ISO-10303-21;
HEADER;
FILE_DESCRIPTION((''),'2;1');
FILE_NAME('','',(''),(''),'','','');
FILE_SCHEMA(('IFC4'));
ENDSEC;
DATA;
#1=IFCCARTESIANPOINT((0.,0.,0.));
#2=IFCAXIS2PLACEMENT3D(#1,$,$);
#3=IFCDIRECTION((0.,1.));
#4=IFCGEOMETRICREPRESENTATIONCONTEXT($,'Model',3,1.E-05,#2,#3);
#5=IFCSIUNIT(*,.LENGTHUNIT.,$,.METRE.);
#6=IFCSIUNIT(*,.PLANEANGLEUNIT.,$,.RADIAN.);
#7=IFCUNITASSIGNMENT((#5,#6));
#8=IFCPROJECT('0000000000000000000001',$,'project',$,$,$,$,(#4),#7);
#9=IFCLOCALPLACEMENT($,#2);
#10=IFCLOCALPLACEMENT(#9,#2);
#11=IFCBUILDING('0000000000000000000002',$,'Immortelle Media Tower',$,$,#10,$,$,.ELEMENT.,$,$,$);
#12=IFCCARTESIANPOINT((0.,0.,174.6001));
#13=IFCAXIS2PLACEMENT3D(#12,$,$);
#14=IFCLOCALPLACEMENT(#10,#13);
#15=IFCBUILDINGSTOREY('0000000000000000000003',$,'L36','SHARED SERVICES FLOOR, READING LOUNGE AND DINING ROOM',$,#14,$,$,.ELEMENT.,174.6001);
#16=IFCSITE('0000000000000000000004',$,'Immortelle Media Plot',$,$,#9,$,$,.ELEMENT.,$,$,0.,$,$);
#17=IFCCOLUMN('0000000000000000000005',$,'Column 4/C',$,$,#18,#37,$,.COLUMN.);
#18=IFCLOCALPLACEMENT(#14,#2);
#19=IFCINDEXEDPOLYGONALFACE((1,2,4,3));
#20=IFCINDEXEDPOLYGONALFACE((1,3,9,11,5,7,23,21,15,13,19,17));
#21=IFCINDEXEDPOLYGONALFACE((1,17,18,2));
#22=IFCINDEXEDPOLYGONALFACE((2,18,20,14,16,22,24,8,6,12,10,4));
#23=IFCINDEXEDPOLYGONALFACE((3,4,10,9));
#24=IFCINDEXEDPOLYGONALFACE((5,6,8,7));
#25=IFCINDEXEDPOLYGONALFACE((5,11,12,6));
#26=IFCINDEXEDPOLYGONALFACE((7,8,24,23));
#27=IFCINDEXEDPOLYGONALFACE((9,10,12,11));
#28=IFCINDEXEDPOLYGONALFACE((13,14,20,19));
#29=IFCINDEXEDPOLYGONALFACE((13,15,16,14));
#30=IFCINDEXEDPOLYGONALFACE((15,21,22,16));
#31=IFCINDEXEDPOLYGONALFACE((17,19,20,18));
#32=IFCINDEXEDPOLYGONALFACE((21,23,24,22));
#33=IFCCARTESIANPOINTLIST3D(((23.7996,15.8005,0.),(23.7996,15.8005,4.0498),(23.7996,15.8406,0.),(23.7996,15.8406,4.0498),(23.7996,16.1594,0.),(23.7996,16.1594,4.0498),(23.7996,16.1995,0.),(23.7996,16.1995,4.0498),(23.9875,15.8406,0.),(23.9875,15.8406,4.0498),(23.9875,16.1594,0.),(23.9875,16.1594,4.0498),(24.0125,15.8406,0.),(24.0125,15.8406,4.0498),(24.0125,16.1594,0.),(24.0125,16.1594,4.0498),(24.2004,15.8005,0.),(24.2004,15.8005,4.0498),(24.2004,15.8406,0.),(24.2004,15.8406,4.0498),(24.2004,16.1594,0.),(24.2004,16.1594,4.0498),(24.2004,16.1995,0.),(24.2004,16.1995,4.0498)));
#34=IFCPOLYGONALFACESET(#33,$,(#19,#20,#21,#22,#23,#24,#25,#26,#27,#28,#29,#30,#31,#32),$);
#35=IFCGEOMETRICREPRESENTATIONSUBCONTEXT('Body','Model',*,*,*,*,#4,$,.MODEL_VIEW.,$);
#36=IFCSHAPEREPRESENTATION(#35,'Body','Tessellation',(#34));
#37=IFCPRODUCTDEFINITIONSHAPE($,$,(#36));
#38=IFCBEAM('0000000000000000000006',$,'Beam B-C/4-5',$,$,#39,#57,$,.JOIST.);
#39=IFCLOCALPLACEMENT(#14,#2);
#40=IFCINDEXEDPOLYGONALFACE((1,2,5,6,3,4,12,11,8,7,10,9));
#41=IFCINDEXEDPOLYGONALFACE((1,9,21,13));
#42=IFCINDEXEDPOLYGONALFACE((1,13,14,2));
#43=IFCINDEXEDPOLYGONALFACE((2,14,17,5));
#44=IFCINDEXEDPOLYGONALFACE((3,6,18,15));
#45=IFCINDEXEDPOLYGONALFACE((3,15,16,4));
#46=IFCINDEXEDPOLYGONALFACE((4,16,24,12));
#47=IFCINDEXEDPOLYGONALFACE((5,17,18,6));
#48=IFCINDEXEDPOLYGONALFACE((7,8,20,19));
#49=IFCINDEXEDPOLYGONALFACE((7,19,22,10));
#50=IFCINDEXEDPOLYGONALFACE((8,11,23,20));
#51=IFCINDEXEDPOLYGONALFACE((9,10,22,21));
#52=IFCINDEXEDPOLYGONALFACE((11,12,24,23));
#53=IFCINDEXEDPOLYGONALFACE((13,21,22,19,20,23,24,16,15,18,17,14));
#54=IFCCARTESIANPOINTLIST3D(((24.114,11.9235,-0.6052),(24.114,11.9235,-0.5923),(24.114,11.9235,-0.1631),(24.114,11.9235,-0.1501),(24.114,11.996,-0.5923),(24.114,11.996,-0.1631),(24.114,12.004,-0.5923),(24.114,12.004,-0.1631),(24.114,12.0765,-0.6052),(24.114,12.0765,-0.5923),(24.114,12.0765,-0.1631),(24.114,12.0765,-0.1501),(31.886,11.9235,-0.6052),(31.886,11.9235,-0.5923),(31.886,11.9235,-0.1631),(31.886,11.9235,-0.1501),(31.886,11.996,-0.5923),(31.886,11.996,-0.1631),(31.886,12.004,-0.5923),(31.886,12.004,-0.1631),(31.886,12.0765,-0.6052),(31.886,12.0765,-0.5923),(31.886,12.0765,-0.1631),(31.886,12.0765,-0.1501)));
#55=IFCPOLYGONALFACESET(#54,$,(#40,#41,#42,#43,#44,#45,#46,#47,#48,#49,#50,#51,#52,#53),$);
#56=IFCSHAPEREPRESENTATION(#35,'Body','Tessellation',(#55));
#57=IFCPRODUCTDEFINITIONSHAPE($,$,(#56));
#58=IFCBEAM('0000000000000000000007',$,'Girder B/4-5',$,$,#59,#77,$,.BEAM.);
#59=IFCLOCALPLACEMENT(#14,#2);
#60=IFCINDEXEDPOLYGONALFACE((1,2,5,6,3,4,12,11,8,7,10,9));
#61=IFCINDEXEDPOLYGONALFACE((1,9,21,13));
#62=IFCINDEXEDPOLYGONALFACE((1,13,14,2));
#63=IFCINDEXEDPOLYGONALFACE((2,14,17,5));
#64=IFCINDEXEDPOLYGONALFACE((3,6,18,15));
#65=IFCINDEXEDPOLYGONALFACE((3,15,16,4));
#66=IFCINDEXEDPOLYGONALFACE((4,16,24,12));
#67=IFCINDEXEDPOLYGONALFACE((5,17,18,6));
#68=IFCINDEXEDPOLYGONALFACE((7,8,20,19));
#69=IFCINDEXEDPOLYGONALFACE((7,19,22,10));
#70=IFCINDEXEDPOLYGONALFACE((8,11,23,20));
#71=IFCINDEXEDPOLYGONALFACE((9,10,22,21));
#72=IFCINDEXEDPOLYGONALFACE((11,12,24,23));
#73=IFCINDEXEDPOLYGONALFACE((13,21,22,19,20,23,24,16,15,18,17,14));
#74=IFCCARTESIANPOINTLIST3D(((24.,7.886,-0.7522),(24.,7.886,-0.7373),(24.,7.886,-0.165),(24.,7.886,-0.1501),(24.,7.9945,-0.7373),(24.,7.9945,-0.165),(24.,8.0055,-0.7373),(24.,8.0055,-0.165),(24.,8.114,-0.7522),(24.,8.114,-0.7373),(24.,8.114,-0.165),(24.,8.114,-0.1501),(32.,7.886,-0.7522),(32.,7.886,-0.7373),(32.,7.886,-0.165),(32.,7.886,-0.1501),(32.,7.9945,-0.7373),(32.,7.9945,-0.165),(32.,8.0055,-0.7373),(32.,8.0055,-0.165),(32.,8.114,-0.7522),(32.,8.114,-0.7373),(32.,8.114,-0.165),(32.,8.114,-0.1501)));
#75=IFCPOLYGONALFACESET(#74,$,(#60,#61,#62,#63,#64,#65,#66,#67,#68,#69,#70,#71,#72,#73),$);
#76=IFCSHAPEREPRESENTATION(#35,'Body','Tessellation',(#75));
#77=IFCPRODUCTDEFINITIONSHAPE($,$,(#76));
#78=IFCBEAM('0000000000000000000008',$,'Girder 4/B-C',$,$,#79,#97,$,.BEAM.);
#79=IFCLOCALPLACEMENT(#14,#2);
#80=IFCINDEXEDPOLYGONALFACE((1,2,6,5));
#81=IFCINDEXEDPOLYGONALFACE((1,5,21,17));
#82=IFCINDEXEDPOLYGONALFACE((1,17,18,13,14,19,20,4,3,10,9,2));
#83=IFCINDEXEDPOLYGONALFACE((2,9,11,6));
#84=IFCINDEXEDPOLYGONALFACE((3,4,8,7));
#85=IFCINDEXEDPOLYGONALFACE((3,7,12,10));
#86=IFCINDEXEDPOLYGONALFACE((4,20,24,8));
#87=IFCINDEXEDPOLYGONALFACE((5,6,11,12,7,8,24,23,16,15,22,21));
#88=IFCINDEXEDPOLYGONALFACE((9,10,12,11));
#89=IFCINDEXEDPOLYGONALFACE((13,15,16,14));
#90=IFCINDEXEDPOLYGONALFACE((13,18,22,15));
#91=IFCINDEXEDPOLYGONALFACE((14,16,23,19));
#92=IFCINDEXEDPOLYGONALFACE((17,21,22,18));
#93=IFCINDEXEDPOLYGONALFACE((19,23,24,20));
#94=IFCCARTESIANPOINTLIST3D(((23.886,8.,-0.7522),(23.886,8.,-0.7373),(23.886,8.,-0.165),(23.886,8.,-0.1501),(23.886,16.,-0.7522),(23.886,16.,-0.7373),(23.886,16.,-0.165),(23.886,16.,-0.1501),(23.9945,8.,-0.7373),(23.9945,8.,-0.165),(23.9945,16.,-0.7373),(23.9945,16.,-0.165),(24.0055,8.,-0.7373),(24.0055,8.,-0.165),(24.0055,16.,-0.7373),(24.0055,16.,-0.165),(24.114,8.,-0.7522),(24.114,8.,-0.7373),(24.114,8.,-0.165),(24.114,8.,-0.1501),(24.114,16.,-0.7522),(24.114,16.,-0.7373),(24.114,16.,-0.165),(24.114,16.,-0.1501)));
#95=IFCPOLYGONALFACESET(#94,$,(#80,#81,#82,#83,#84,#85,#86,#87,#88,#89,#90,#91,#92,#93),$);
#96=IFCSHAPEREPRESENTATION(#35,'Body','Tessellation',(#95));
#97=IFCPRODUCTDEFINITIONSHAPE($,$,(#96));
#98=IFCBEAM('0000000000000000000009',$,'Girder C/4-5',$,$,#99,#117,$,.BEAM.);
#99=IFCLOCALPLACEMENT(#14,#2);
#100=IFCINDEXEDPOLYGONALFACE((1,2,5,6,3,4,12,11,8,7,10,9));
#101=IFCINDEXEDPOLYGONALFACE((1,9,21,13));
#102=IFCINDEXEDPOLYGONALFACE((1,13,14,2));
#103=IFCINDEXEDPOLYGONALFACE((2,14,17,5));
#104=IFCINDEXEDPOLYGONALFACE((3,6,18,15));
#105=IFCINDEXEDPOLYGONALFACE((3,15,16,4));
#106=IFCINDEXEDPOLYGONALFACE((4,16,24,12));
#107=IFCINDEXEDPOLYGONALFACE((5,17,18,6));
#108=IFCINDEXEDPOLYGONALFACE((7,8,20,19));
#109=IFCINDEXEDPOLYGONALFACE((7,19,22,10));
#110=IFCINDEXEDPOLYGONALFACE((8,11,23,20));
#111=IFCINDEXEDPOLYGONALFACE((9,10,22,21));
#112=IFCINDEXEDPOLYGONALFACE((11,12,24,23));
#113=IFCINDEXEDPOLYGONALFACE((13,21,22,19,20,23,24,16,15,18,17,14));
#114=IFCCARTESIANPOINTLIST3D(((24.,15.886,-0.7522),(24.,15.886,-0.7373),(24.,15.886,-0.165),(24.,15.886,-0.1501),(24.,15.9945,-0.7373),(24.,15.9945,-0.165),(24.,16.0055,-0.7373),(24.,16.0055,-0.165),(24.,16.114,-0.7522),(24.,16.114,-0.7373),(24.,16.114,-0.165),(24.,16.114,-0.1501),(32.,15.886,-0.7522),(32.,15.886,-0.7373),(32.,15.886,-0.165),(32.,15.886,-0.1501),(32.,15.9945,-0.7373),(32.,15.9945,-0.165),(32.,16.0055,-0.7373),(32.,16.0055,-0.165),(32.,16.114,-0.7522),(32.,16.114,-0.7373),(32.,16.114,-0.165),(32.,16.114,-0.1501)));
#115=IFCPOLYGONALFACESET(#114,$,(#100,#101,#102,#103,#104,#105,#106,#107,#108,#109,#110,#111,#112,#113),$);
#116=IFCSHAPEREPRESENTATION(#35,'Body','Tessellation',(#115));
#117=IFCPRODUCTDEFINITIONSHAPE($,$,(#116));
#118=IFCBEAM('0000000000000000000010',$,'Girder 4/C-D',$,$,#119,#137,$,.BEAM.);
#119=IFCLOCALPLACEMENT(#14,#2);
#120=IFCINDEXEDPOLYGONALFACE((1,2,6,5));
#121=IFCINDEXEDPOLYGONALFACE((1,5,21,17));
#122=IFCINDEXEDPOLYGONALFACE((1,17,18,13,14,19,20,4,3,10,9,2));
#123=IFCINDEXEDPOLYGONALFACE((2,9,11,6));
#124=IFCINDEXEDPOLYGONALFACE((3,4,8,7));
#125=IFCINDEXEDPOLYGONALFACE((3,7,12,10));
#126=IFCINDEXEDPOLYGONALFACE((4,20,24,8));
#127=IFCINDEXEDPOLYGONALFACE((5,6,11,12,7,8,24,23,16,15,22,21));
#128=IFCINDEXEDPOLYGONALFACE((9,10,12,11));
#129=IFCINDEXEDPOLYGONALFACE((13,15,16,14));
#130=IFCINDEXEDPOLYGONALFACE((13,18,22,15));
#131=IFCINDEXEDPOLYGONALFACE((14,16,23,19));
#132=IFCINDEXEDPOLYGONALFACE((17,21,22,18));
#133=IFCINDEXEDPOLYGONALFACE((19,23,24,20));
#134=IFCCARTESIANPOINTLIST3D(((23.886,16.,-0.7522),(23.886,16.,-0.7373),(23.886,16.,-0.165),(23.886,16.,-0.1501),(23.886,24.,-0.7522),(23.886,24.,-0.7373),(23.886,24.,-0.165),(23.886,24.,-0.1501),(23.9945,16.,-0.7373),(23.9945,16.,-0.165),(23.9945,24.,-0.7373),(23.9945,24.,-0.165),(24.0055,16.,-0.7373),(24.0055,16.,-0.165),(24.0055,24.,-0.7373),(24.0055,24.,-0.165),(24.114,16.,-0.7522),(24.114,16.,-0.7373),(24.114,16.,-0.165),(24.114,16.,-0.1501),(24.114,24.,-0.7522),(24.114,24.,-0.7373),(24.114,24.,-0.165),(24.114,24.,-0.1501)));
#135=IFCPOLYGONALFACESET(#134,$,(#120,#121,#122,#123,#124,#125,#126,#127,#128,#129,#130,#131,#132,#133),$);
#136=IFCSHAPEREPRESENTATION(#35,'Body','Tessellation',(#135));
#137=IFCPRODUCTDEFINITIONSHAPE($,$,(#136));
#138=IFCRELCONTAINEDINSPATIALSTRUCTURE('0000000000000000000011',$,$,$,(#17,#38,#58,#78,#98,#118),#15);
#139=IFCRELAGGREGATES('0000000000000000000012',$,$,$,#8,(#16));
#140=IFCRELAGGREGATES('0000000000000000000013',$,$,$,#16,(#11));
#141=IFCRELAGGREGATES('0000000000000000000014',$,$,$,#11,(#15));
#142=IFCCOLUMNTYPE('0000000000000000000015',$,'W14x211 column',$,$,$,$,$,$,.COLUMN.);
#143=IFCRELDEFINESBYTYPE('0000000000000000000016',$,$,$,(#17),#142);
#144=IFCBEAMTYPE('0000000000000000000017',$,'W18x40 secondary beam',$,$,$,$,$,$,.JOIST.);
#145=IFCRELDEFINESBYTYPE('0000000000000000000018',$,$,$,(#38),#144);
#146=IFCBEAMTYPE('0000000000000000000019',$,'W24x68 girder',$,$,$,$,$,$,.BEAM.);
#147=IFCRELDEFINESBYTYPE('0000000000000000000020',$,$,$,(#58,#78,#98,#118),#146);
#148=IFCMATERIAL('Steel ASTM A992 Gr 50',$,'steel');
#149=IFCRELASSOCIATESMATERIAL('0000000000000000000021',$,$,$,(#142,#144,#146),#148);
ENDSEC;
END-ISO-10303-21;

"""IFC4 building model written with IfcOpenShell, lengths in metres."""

from ifc_helpers import new_model, si_unit, direction, frame, origin, origin_2d, place, context, subcontext, project, spatial, i_section, extrude, material, material_profile, profile_set, type_object, element, save


model = new_model("IFC4")

# Units and contexts
model_context = context("Model", 3, precision=1e-05, world=origin(), true_north=direction((0.0, 1.0)))
body_context = subcontext(model_context, "Body", "Model", "MODEL_VIEW")
ifc_project = project(units=[si_unit("LENGTHUNIT", "METRE"), si_unit("PLANEANGLEUNIT", "RADIAN")], contexts=[model_context])

# Site, building, storey
site_placement = place(None, origin())
site = spatial("IfcSite", under=ifc_project, at=site_placement, Name="Immortelle Media Plot", CompositionType="ELEMENT", RefElevation=0.0)
building_placement = place(site_placement, origin())
building = spatial("IfcBuilding", under=site, at=building_placement, Name="Immortelle Media Tower", CompositionType="ELEMENT")
storey_placement = place(building_placement, frame((0.0, 0.0, 174.6001)))
storey = spatial("IfcBuildingStorey", under=building, at=storey_placement, Name="L36", Description="SHARED SERVICES FLOOR, READING LOUNGE AND DINING ROOM", CompositionType="ELEMENT", Elevation=174.6001)

# Column
ifc_material_1 = material(Name="Steel ASTM A992 Gr 50", Category="steel")
ifc_material_profile_1 = material_profile(ifc_material_1, i_section(OverallWidth=0.4009, OverallDepth=0.3989, WebThickness=0.0249, FlangeThickness=0.04, at=origin_2d()), Name="W14x211")
ifc_profile_set_1 = profile_set([ifc_material_profile_1], Name="Steel ASTM A992 Gr 50")
column_type = type_object("IfcColumnType", Name="W14x211 column", PredefinedType="COLUMN", material=ifc_profile_set_1)
column_placement = place(storey_placement, frame((24.0, 16.0, 0.0), z_axis=(0.0, 0.0, 1.0), x_axis=(1.0, 0.0, 0.0)))
element("IfcColumn", 1, at=column_placement, inside=storey, type_object=column_type, Name="Column 4/C", PredefinedType="COLUMN", context=body_context, shape_type="SweptSolid", body=[
    extrude(i_section(OverallWidth=0.4009, OverallDepth=0.3989, WebThickness=0.0249, FlangeThickness=0.04, at=origin_2d()), origin(), (0.0, 0.0, 1.0), 4.0498),
])

# Beams
ifc_material_profile_2 = material_profile(ifc_material_1, i_section(OverallWidth=0.1531, OverallDepth=0.4551, WebThickness=0.0081, FlangeThickness=0.0129, at=origin_2d()), Name="W18x40")
ifc_profile_set_2 = profile_set([ifc_material_profile_2], Name="Steel ASTM A992 Gr 50")
beam_type_1 = type_object("IfcBeamType", Name="W18x40 secondary beam", PredefinedType="JOIST", material=ifc_profile_set_2)
beam_placement = place(storey_placement, frame((24.114, 12.0, -0.3777), z_axis=(1.0, 0.0, 0.0), x_axis=(0.0, 1.0, 0.0)))
element("IfcBeam", 2, at=beam_placement, inside=storey, type_object=beam_type_1, Name="Beam B-C/4-5", PredefinedType="JOIST", context=body_context, shape_type="SweptSolid", body=[
    extrude(i_section(OverallWidth=0.1531, OverallDepth=0.4551, WebThickness=0.0081, FlangeThickness=0.0129, at=origin_2d()), origin(), (0.0, 0.0, 1.0), 7.772),
])
ifc_material_profile_3 = material_profile(ifc_material_1, i_section(OverallWidth=0.228, OverallDepth=0.6021, WebThickness=0.011, FlangeThickness=0.0149, at=origin_2d()), Name="W24x68")
ifc_profile_set_3 = profile_set([ifc_material_profile_3], Name="Steel ASTM A992 Gr 50")
beam_type_2 = type_object("IfcBeamType", Name="W24x68 girder", PredefinedType="BEAM", material=ifc_profile_set_3)
for number, where, z_axis, x_axis, name in (
    (3, (24.0, 8.0, -0.4512), (1.0, 0.0, 0.0), (0.0, 1.0, 0.0), "Girder B/4-5"),
    (4, (24.0, 8.0, -0.4512), (0.0, 1.0, 0.0), (-1.0, 0.0, 0.0), "Girder 4/B-C"),
    (5, (24.0, 16.0, -0.4512), (1.0, 0.0, 0.0), (0.0, 1.0, 0.0), "Girder C/4-5"),
    (6, (24.0, 16.0, -0.4512), (0.0, 1.0, 0.0), (-1.0, 0.0, 0.0), "Girder 4/C-D"),
):
    element("IfcBeam", number, at=place(storey_placement, frame(where, z_axis=z_axis, x_axis=x_axis)), inside=storey, type_object=beam_type_2, Name=name, PredefinedType="BEAM", context=body_context, shape_type="SweptSolid", body=[
        extrude(i_section(OverallWidth=0.228, OverallDepth=0.6021, WebThickness=0.011, FlangeThickness=0.0149, at=origin_2d()), origin(), (0.0, 0.0, 1.0), 8.0),
    ])

save(model, "model.ifc")
